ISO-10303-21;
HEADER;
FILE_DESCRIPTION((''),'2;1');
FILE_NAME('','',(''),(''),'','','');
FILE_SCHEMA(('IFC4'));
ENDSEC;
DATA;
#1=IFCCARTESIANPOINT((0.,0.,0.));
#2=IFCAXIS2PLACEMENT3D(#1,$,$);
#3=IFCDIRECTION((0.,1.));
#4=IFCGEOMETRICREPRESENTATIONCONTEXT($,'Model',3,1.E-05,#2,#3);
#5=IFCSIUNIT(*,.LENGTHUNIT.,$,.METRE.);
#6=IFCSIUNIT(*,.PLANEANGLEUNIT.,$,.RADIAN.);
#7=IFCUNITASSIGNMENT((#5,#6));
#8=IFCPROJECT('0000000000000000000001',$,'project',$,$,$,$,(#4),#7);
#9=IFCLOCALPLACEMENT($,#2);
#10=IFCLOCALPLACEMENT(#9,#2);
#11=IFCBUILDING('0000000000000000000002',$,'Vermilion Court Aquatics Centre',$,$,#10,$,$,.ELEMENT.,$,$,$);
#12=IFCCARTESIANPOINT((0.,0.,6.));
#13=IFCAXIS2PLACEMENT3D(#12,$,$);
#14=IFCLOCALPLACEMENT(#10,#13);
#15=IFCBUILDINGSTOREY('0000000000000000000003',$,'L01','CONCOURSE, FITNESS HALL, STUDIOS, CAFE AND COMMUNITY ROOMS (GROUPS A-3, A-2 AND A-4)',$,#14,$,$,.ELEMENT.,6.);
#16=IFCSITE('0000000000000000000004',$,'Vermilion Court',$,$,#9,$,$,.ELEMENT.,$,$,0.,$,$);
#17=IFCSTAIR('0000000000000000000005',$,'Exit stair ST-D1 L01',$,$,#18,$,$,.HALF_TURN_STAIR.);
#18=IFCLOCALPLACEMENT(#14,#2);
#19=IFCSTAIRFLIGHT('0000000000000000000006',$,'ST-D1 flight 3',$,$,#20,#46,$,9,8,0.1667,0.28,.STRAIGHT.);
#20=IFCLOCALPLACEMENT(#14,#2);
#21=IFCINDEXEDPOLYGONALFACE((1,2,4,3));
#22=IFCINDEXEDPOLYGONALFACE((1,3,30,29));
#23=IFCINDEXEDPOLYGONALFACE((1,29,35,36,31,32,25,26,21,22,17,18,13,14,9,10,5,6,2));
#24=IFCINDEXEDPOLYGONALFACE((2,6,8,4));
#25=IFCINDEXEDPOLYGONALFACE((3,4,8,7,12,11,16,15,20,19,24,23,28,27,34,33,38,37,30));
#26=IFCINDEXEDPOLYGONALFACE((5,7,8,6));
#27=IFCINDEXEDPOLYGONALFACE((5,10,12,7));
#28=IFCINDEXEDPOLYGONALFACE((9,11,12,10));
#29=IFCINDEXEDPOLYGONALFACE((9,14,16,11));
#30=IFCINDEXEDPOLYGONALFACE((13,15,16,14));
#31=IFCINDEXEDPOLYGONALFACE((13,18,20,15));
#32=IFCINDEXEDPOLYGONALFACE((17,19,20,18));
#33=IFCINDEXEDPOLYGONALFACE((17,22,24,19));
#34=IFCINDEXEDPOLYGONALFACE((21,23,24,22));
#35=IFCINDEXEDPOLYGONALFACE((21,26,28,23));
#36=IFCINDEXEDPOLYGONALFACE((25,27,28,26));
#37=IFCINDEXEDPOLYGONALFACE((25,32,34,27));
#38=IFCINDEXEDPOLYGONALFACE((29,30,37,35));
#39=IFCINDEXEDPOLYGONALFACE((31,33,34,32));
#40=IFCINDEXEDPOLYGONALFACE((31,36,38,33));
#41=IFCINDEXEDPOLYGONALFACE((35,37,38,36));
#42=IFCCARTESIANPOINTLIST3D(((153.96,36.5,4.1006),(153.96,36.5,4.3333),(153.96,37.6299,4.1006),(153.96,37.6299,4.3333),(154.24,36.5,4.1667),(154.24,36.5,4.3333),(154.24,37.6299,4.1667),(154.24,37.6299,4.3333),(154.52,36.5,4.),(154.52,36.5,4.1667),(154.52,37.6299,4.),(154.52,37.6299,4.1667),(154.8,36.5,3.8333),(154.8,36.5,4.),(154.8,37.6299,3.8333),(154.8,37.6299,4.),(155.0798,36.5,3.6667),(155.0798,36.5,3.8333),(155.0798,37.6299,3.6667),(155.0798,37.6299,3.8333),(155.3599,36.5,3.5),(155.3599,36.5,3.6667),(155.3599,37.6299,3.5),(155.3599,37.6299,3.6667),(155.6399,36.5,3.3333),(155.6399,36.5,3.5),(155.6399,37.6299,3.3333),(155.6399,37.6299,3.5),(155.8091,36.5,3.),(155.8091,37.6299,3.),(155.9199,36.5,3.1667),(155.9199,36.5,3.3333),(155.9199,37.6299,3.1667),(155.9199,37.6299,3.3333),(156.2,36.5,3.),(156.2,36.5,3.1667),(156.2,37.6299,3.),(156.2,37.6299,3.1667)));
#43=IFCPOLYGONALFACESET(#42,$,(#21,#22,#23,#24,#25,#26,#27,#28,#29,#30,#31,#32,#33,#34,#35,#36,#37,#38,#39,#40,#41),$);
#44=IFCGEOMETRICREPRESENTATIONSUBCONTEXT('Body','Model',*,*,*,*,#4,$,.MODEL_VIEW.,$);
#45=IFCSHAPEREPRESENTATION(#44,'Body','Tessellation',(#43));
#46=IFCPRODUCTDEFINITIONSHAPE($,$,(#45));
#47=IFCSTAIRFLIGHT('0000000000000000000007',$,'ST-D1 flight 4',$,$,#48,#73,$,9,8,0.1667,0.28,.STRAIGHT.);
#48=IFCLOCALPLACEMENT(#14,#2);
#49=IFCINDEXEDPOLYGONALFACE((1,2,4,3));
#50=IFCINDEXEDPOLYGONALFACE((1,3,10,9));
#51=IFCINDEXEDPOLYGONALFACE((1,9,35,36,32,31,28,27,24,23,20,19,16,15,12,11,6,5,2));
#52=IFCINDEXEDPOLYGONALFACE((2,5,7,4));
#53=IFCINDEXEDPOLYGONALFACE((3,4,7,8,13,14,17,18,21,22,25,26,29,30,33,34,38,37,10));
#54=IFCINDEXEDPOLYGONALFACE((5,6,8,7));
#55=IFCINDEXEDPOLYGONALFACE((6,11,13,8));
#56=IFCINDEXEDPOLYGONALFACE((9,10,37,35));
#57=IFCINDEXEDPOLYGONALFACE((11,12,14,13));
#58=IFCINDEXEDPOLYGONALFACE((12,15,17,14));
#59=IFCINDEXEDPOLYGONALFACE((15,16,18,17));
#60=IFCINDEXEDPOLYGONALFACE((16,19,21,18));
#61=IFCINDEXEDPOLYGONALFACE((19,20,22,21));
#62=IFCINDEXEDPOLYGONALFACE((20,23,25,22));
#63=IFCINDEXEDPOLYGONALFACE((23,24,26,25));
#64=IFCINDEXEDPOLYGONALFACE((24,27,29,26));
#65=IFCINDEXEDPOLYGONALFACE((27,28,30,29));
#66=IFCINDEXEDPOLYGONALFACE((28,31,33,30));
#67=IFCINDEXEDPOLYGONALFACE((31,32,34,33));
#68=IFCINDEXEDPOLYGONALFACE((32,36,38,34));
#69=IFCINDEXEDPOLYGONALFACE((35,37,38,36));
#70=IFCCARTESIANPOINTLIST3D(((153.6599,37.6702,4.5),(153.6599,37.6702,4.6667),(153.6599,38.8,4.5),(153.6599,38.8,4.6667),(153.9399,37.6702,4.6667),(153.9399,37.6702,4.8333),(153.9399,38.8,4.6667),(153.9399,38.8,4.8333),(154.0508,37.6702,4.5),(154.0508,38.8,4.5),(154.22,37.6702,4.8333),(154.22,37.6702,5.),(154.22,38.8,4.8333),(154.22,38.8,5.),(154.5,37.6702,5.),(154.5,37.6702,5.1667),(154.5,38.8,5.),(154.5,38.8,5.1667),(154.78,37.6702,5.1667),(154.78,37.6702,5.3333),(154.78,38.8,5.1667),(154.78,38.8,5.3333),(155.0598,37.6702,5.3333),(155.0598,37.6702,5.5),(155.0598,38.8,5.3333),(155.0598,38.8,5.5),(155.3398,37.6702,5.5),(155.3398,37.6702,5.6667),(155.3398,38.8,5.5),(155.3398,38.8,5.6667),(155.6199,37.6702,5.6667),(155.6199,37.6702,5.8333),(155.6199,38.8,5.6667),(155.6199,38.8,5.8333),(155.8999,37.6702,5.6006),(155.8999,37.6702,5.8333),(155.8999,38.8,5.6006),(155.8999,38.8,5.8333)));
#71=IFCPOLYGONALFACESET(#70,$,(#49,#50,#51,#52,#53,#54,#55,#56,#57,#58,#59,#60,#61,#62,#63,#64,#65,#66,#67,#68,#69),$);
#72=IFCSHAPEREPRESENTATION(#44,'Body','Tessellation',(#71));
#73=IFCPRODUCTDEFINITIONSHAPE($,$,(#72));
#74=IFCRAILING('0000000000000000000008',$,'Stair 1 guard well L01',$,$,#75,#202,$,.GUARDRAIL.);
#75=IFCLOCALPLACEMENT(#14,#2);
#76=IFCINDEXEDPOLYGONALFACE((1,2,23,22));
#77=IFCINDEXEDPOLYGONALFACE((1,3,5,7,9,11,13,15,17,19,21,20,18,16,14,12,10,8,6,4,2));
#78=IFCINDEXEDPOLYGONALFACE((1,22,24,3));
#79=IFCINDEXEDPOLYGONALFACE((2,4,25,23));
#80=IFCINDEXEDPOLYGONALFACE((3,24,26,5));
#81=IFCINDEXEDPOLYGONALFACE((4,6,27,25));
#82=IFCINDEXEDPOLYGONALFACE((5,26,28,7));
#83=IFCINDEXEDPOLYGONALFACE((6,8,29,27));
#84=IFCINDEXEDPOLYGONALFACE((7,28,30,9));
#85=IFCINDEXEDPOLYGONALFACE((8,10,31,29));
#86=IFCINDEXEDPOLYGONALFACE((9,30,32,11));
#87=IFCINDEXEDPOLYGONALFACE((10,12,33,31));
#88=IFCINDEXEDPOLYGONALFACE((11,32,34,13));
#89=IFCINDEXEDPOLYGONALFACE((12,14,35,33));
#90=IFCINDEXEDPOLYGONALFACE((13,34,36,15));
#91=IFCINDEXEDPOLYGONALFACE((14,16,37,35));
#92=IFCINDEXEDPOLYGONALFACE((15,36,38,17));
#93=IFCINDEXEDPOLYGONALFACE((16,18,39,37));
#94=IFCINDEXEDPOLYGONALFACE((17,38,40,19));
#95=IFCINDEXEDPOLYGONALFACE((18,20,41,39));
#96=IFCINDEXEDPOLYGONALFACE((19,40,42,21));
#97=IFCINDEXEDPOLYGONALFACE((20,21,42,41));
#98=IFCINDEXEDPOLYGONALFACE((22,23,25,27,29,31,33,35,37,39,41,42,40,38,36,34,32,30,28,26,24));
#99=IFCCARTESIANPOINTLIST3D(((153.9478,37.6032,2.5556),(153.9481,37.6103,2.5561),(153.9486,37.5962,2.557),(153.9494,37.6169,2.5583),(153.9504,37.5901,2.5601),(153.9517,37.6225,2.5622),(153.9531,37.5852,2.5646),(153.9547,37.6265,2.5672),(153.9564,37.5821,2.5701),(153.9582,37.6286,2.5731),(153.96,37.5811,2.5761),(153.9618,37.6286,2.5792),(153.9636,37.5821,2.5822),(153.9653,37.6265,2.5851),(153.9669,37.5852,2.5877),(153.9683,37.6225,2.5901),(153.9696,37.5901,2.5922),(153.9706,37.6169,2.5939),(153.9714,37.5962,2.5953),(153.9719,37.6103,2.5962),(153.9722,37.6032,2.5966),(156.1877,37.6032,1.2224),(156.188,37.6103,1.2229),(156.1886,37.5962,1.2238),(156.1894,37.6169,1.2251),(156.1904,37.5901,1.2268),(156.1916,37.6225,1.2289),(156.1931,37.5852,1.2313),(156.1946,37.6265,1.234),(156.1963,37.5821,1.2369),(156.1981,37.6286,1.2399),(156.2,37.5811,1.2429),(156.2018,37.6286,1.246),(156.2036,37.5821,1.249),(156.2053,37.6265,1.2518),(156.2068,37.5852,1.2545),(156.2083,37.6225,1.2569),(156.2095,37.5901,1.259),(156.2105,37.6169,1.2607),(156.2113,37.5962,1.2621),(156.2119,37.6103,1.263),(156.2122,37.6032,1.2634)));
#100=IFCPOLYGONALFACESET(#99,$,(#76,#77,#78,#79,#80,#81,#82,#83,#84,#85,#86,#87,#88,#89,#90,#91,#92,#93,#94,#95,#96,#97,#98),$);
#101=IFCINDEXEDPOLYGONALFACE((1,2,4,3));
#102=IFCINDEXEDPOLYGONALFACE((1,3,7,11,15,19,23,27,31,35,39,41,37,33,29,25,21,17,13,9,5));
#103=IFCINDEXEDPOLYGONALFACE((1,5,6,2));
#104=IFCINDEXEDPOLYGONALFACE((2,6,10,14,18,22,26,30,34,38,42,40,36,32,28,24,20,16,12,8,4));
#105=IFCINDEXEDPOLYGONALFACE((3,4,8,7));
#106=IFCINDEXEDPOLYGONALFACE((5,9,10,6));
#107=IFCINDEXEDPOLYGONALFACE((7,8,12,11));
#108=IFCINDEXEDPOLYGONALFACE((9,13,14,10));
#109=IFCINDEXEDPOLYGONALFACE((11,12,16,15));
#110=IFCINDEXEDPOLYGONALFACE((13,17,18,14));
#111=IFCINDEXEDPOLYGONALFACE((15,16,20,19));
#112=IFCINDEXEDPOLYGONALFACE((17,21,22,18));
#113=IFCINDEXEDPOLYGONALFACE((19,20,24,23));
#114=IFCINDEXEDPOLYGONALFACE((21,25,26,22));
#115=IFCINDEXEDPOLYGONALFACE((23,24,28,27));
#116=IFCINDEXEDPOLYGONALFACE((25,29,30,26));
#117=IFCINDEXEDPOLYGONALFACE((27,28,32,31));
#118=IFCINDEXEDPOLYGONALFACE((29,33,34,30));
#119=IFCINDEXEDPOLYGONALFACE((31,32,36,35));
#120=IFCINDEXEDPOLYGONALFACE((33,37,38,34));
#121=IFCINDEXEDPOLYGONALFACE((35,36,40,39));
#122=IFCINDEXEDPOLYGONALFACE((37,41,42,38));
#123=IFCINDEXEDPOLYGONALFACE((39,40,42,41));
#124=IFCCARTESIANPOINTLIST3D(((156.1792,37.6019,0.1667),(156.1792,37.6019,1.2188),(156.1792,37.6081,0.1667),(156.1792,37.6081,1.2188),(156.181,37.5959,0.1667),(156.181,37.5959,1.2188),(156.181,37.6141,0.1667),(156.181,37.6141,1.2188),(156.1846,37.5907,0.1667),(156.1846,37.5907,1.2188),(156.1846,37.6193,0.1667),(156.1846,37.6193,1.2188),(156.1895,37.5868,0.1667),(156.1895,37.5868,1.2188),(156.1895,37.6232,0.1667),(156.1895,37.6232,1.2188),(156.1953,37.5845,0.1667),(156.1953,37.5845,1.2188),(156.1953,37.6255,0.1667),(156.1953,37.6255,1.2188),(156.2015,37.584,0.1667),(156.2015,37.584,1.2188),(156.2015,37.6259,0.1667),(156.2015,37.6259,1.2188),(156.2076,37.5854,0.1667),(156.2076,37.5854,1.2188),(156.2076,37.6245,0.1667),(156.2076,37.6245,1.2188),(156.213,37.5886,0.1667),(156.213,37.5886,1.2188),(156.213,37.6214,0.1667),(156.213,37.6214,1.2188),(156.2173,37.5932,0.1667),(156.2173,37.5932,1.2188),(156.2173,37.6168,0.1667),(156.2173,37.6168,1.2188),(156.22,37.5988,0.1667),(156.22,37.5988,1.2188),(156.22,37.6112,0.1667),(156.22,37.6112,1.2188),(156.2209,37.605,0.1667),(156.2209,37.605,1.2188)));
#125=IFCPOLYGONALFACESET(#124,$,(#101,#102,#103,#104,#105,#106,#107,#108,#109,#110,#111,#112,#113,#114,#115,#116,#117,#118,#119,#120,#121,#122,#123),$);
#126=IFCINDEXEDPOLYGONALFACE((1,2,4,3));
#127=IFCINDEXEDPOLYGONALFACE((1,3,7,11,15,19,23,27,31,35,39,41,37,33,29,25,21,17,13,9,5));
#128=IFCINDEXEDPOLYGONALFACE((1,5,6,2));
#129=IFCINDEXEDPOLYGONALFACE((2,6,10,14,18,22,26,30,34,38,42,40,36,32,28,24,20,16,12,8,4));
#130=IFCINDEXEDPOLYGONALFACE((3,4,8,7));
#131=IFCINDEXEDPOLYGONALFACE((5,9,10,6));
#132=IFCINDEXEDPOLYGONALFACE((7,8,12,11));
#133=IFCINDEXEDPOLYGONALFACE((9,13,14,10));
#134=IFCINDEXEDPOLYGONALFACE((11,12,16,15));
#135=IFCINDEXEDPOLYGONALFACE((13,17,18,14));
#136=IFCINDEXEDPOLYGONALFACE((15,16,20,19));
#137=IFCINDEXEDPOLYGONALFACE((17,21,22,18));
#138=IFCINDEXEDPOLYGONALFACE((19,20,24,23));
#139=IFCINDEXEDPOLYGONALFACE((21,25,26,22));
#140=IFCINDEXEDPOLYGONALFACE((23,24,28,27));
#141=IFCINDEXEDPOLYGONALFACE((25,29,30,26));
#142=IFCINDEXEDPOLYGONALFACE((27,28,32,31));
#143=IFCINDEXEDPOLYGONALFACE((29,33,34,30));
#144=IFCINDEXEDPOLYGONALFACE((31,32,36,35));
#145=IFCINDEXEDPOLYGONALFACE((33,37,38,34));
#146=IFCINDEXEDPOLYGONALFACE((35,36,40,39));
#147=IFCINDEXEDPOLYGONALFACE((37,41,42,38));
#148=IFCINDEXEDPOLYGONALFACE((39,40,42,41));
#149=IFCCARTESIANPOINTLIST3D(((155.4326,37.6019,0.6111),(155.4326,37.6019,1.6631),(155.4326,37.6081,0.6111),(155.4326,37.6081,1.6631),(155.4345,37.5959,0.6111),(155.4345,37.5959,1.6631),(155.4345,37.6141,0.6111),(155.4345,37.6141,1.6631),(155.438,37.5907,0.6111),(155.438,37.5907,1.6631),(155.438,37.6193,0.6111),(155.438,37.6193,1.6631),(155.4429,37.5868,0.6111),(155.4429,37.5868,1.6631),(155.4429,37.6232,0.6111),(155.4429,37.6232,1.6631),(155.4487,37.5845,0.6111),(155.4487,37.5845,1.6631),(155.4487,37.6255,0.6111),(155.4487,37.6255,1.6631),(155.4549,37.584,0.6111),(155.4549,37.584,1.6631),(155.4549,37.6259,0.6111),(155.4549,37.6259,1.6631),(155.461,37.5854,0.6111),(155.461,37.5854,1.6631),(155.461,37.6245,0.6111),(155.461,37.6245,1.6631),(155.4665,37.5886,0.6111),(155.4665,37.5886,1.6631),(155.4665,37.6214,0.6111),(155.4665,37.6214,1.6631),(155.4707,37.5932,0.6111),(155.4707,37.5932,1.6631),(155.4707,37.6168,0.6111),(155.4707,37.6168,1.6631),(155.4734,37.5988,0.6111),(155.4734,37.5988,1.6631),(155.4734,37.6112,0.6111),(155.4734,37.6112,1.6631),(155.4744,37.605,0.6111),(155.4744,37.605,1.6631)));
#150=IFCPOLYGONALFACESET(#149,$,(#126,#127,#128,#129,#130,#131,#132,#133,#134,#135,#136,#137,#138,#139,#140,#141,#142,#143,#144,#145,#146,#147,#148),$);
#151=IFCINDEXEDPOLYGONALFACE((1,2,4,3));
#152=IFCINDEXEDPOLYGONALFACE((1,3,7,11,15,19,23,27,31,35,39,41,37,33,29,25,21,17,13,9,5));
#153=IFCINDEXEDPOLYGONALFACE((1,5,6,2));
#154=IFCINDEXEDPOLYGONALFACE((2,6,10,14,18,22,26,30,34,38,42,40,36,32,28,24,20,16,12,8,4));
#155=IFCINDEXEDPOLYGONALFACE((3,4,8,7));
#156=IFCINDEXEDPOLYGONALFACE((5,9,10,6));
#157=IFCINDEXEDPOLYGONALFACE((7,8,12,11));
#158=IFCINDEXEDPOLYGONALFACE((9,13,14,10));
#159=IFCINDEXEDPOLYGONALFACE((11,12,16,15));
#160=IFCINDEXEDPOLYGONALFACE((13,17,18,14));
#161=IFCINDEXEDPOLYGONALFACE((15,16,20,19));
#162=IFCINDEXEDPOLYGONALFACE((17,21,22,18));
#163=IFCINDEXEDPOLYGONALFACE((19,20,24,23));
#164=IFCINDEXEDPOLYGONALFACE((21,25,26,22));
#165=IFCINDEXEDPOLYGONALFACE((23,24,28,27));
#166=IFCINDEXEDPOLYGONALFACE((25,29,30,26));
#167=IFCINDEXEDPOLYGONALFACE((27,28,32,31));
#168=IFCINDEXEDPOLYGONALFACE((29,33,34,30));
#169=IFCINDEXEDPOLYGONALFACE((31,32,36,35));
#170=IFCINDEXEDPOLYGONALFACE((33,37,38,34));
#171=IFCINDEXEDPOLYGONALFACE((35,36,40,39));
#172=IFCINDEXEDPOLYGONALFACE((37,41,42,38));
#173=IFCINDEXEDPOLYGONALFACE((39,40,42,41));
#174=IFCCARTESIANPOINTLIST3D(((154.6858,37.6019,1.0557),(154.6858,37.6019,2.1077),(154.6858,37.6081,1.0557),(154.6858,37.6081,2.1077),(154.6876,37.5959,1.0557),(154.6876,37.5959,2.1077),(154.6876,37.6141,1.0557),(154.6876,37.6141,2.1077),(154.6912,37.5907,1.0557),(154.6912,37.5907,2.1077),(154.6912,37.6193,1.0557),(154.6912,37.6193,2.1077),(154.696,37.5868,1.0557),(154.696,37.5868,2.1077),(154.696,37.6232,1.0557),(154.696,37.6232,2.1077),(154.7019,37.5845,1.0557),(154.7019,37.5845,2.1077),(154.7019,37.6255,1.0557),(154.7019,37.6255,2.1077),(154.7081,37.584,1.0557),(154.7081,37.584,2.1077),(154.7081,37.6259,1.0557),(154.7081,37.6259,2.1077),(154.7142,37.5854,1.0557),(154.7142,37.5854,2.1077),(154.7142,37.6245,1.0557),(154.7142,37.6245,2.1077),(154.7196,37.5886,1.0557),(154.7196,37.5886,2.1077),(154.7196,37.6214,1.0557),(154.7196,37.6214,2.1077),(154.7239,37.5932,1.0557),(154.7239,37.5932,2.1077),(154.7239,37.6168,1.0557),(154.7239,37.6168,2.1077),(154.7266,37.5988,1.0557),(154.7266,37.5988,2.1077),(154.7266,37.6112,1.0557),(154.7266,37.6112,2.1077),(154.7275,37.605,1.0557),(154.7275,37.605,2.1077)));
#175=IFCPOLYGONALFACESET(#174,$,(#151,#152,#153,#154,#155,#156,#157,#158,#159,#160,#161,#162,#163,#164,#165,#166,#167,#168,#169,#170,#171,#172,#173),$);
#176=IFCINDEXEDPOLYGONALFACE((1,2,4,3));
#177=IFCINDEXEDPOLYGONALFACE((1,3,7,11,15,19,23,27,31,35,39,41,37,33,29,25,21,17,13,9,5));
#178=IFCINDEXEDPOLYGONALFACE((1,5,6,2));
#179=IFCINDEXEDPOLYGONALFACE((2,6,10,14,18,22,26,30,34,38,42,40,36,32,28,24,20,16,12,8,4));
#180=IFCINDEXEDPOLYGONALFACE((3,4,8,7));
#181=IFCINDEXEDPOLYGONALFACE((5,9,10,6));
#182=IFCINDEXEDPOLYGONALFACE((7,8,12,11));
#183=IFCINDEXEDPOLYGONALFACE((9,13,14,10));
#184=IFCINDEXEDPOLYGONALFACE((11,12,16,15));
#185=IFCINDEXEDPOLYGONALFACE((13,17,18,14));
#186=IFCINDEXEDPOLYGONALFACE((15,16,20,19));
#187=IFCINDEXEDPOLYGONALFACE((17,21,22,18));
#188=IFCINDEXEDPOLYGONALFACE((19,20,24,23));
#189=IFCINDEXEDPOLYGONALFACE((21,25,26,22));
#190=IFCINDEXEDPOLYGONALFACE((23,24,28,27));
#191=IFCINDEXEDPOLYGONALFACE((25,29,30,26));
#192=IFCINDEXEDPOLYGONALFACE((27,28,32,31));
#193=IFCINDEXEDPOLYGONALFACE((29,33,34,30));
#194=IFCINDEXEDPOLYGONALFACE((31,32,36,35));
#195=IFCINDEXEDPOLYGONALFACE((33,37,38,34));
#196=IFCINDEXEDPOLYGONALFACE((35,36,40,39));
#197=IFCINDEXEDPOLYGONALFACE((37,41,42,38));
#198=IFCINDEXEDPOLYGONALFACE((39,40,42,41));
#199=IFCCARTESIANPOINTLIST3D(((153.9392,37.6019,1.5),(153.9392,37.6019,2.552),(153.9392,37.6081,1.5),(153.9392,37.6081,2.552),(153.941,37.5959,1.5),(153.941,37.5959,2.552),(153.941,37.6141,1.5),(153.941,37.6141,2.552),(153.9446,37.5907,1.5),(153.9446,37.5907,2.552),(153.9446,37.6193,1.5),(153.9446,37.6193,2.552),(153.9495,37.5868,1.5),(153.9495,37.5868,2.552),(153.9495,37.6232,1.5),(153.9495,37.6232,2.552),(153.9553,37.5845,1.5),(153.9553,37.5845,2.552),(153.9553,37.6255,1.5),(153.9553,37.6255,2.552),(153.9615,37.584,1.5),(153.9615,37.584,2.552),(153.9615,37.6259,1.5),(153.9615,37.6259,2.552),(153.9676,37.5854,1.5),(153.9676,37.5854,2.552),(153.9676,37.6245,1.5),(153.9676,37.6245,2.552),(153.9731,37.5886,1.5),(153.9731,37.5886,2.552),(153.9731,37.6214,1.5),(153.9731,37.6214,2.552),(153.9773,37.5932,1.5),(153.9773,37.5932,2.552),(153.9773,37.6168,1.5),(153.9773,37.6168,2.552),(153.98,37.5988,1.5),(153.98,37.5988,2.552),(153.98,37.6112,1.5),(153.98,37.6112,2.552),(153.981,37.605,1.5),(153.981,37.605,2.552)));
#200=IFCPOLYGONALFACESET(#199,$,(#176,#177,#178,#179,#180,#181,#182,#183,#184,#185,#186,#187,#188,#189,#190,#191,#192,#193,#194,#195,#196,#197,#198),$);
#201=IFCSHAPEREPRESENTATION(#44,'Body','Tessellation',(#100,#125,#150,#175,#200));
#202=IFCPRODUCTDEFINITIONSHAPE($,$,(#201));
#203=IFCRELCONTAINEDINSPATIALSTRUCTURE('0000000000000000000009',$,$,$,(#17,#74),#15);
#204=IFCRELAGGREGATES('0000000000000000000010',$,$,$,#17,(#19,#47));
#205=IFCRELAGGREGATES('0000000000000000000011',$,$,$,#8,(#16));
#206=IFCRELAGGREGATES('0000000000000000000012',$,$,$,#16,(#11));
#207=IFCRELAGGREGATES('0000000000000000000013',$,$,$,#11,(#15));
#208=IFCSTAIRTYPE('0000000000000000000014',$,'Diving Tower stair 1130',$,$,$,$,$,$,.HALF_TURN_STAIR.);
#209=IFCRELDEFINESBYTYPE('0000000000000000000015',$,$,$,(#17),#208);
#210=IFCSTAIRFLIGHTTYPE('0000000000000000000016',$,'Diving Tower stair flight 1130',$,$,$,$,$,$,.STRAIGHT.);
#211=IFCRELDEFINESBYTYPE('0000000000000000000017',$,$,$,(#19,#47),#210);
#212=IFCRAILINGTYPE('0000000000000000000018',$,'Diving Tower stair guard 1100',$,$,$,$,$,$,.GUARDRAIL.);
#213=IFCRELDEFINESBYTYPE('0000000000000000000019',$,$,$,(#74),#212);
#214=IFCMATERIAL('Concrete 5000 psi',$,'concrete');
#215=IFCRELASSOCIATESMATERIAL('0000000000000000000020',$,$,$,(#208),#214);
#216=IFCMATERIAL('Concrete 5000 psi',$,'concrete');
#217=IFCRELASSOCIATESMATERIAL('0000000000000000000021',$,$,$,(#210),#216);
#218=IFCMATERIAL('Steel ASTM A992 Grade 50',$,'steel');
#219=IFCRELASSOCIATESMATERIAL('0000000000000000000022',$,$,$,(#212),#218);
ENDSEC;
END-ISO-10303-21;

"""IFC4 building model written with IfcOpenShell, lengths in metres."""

from ifc_helpers import new_model, si_unit, direction, frame, origin, origin_2d, place, context, subcontext, project, spatial, polyline, circle, outline, extrude, material, type_object, element, aggregate, save


model = new_model("IFC4")

# Units and contexts
model_context = context("Model", 3, precision=1e-05, world=origin(), true_north=direction((0.0, 1.0)))
body_context = subcontext(model_context, "Body", "Model", "MODEL_VIEW")
ifc_project = project(units=[si_unit("LENGTHUNIT", "METRE"), si_unit("PLANEANGLEUNIT", "RADIAN")], contexts=[model_context])

# Site, building, storey
site_placement = place(None, origin())
site = spatial("IfcSite", under=ifc_project, at=site_placement, Name="Vermilion Court", CompositionType="ELEMENT", RefElevation=0.0)
building_placement = place(site_placement, origin())
building = spatial("IfcBuilding", under=site, at=building_placement, Name="Vermilion Court Aquatics Centre", CompositionType="ELEMENT")
storey_placement = place(building_placement, frame((0.0, 0.0, 6.0)))
storey = spatial("IfcBuildingStorey", under=building, at=storey_placement, Name="L01", Description="CONCOURSE, FITNESS HALL, STUDIOS, CAFE AND COMMUNITY ROOMS (GROUPS A-3, A-2 AND A-4)", CompositionType="ELEMENT", Elevation=6.0)

# Stair, stair flights
ifc_material_1 = material(Name="Concrete 5000 psi", Category="concrete")
stair_type = type_object("IfcStairType", Name="Diving Tower stair 1130", PredefinedType="HALF_TURN_STAIR", material=ifc_material_1)
stair_placement = place(storey_placement, origin())
stair = element("IfcStair", 1, at=stair_placement, inside=storey, type_object=stair_type, Name="Exit stair ST-D1 L01", PredefinedType="HALF_TURN_STAIR")
ifc_material_2 = material(Name="Concrete 5000 psi", Category="concrete")
stair_flight_type = type_object("IfcStairFlightType", Name="Diving Tower stair flight 1130", PredefinedType="STRAIGHT", material=ifc_material_2)
stair_flight_1_placement = place(storey_placement, frame((156.2, 37.0649, 3.0), z_axis=(0.0, 0.0, 1.0), x_axis=(-1.0, 0.0, 0.0)))
stair_flight_1 = element("IfcStairFlight", 2, at=stair_flight_1_placement, type_object=stair_flight_type, Name="ST-D1 flight 3", NumberOfRisers=9, NumberOfTreads=8, PredefinedType="STRAIGHT", RiserHeight=0.1667, TreadLength=0.28, context=body_context, shape_type="SweptSolid", body=[
    extrude(outline(polyline([(0.0, 0.0), (0.0, 0.1667), (0.28, 0.1667), (0.28, 0.3333), (0.5601, 0.3333), (0.5601, 0.5), (0.8401, 0.5), (0.8401, 0.6667), (1.1201, 0.6667), (1.1201, 0.8333), (1.3999, 0.8333), (1.3999, 1.0), (1.6799, 1.0), (1.6799, 1.1667), (1.96, 1.1667), (1.96, 1.3333), (2.24, 1.3333), (2.24, 1.5), (2.24, 1.1006), (0.3909, 0.0), (0.0, 0.0)])), frame((0.0, 0.5649, 0.0), z_axis=(0.0, -1.0, 0.0), x_axis=(1.0, 0.0, 0.0)), (0.0, 0.0, 1.0), 1.1299),
])
stair_flight_2_placement = place(storey_placement, frame((153.6599, 38.2351, 4.5), z_axis=(0.0, 0.0, 1.0), x_axis=(1.0, 0.0, 0.0)))
stair_flight_2 = element("IfcStairFlight", 3, at=stair_flight_2_placement, type_object=stair_flight_type, Name="ST-D1 flight 4", NumberOfRisers=9, NumberOfTreads=8, PredefinedType="STRAIGHT", RiserHeight=0.1667, TreadLength=0.28, context=body_context, shape_type="SweptSolid", body=[
    extrude(outline(polyline([(0.0, 0.0), (0.0, 0.1667), (0.28, 0.1667), (0.28, 0.3333), (0.5601, 0.3333), (0.5601, 0.5), (0.8401, 0.5), (0.8401, 0.6667), (1.1201, 0.6667), (1.1201, 0.8333), (1.3999, 0.8333), (1.3999, 1.0), (1.6799, 1.0), (1.6799, 1.1667), (1.96, 1.1667), (1.96, 1.3333), (2.24, 1.3333), (2.24, 1.5), (2.24, 1.1006), (0.3909, 0.0), (0.0, 0.0)])), frame((0.0, 0.5649, 0.0), z_axis=(0.0, -1.0, 0.0), x_axis=(1.0, 0.0, 0.0)), (0.0, 0.0, 1.0), 1.1299),
])
aggregate(stair, [stair_flight_1, stair_flight_2])

# Railing
ifc_material_3 = material(Name="Steel ASTM A992 Grade 50", Category="steel")
railing_type_1 = type_object("IfcRailingType", Name="Diving Tower stair guard 1100", PredefinedType="GUARDRAIL", material=ifc_material_3)
for number, where, name in (
    (4, (156.2, 37.605, 0.1667), "Stair 1 guard well L01"),
):
    element("IfcRailing", number, at=place(storey_placement, frame(where)), inside=storey, type_object=railing_type_1, Name=name, PredefinedType="GUARDRAIL", context=body_context, shape_type="SweptSolid", body=[
        extrude(circle(Radius=0.0239, at=origin_2d()), frame((0.0, 0.0, 1.0762), z_axis=(-0.859306, 0.0, 0.511462), x_axis=(0.0, -1.0, 0.0)), (0.0, 0.0, 1.0), 2.6067),
        extrude(circle(Radius=0.021, at=origin_2d()), origin(), (0.0, 0.0, 1.0), 1.052),
        extrude(circle(Radius=0.021, at=origin_2d()), frame((-0.7466, 0.0, 0.4443)), (0.0, 0.0, 1.0), 1.052),
        extrude(circle(Radius=0.021, at=origin_2d()), frame((-1.4934, 0.0, 0.8889)), (0.0, 0.0, 1.0), 1.052),
        extrude(circle(Radius=0.021, at=origin_2d()), frame((-2.24, 0.0, 1.3333)), (0.0, 0.0, 1.0), 1.052),
    ])

save(model, "model.ifc")
